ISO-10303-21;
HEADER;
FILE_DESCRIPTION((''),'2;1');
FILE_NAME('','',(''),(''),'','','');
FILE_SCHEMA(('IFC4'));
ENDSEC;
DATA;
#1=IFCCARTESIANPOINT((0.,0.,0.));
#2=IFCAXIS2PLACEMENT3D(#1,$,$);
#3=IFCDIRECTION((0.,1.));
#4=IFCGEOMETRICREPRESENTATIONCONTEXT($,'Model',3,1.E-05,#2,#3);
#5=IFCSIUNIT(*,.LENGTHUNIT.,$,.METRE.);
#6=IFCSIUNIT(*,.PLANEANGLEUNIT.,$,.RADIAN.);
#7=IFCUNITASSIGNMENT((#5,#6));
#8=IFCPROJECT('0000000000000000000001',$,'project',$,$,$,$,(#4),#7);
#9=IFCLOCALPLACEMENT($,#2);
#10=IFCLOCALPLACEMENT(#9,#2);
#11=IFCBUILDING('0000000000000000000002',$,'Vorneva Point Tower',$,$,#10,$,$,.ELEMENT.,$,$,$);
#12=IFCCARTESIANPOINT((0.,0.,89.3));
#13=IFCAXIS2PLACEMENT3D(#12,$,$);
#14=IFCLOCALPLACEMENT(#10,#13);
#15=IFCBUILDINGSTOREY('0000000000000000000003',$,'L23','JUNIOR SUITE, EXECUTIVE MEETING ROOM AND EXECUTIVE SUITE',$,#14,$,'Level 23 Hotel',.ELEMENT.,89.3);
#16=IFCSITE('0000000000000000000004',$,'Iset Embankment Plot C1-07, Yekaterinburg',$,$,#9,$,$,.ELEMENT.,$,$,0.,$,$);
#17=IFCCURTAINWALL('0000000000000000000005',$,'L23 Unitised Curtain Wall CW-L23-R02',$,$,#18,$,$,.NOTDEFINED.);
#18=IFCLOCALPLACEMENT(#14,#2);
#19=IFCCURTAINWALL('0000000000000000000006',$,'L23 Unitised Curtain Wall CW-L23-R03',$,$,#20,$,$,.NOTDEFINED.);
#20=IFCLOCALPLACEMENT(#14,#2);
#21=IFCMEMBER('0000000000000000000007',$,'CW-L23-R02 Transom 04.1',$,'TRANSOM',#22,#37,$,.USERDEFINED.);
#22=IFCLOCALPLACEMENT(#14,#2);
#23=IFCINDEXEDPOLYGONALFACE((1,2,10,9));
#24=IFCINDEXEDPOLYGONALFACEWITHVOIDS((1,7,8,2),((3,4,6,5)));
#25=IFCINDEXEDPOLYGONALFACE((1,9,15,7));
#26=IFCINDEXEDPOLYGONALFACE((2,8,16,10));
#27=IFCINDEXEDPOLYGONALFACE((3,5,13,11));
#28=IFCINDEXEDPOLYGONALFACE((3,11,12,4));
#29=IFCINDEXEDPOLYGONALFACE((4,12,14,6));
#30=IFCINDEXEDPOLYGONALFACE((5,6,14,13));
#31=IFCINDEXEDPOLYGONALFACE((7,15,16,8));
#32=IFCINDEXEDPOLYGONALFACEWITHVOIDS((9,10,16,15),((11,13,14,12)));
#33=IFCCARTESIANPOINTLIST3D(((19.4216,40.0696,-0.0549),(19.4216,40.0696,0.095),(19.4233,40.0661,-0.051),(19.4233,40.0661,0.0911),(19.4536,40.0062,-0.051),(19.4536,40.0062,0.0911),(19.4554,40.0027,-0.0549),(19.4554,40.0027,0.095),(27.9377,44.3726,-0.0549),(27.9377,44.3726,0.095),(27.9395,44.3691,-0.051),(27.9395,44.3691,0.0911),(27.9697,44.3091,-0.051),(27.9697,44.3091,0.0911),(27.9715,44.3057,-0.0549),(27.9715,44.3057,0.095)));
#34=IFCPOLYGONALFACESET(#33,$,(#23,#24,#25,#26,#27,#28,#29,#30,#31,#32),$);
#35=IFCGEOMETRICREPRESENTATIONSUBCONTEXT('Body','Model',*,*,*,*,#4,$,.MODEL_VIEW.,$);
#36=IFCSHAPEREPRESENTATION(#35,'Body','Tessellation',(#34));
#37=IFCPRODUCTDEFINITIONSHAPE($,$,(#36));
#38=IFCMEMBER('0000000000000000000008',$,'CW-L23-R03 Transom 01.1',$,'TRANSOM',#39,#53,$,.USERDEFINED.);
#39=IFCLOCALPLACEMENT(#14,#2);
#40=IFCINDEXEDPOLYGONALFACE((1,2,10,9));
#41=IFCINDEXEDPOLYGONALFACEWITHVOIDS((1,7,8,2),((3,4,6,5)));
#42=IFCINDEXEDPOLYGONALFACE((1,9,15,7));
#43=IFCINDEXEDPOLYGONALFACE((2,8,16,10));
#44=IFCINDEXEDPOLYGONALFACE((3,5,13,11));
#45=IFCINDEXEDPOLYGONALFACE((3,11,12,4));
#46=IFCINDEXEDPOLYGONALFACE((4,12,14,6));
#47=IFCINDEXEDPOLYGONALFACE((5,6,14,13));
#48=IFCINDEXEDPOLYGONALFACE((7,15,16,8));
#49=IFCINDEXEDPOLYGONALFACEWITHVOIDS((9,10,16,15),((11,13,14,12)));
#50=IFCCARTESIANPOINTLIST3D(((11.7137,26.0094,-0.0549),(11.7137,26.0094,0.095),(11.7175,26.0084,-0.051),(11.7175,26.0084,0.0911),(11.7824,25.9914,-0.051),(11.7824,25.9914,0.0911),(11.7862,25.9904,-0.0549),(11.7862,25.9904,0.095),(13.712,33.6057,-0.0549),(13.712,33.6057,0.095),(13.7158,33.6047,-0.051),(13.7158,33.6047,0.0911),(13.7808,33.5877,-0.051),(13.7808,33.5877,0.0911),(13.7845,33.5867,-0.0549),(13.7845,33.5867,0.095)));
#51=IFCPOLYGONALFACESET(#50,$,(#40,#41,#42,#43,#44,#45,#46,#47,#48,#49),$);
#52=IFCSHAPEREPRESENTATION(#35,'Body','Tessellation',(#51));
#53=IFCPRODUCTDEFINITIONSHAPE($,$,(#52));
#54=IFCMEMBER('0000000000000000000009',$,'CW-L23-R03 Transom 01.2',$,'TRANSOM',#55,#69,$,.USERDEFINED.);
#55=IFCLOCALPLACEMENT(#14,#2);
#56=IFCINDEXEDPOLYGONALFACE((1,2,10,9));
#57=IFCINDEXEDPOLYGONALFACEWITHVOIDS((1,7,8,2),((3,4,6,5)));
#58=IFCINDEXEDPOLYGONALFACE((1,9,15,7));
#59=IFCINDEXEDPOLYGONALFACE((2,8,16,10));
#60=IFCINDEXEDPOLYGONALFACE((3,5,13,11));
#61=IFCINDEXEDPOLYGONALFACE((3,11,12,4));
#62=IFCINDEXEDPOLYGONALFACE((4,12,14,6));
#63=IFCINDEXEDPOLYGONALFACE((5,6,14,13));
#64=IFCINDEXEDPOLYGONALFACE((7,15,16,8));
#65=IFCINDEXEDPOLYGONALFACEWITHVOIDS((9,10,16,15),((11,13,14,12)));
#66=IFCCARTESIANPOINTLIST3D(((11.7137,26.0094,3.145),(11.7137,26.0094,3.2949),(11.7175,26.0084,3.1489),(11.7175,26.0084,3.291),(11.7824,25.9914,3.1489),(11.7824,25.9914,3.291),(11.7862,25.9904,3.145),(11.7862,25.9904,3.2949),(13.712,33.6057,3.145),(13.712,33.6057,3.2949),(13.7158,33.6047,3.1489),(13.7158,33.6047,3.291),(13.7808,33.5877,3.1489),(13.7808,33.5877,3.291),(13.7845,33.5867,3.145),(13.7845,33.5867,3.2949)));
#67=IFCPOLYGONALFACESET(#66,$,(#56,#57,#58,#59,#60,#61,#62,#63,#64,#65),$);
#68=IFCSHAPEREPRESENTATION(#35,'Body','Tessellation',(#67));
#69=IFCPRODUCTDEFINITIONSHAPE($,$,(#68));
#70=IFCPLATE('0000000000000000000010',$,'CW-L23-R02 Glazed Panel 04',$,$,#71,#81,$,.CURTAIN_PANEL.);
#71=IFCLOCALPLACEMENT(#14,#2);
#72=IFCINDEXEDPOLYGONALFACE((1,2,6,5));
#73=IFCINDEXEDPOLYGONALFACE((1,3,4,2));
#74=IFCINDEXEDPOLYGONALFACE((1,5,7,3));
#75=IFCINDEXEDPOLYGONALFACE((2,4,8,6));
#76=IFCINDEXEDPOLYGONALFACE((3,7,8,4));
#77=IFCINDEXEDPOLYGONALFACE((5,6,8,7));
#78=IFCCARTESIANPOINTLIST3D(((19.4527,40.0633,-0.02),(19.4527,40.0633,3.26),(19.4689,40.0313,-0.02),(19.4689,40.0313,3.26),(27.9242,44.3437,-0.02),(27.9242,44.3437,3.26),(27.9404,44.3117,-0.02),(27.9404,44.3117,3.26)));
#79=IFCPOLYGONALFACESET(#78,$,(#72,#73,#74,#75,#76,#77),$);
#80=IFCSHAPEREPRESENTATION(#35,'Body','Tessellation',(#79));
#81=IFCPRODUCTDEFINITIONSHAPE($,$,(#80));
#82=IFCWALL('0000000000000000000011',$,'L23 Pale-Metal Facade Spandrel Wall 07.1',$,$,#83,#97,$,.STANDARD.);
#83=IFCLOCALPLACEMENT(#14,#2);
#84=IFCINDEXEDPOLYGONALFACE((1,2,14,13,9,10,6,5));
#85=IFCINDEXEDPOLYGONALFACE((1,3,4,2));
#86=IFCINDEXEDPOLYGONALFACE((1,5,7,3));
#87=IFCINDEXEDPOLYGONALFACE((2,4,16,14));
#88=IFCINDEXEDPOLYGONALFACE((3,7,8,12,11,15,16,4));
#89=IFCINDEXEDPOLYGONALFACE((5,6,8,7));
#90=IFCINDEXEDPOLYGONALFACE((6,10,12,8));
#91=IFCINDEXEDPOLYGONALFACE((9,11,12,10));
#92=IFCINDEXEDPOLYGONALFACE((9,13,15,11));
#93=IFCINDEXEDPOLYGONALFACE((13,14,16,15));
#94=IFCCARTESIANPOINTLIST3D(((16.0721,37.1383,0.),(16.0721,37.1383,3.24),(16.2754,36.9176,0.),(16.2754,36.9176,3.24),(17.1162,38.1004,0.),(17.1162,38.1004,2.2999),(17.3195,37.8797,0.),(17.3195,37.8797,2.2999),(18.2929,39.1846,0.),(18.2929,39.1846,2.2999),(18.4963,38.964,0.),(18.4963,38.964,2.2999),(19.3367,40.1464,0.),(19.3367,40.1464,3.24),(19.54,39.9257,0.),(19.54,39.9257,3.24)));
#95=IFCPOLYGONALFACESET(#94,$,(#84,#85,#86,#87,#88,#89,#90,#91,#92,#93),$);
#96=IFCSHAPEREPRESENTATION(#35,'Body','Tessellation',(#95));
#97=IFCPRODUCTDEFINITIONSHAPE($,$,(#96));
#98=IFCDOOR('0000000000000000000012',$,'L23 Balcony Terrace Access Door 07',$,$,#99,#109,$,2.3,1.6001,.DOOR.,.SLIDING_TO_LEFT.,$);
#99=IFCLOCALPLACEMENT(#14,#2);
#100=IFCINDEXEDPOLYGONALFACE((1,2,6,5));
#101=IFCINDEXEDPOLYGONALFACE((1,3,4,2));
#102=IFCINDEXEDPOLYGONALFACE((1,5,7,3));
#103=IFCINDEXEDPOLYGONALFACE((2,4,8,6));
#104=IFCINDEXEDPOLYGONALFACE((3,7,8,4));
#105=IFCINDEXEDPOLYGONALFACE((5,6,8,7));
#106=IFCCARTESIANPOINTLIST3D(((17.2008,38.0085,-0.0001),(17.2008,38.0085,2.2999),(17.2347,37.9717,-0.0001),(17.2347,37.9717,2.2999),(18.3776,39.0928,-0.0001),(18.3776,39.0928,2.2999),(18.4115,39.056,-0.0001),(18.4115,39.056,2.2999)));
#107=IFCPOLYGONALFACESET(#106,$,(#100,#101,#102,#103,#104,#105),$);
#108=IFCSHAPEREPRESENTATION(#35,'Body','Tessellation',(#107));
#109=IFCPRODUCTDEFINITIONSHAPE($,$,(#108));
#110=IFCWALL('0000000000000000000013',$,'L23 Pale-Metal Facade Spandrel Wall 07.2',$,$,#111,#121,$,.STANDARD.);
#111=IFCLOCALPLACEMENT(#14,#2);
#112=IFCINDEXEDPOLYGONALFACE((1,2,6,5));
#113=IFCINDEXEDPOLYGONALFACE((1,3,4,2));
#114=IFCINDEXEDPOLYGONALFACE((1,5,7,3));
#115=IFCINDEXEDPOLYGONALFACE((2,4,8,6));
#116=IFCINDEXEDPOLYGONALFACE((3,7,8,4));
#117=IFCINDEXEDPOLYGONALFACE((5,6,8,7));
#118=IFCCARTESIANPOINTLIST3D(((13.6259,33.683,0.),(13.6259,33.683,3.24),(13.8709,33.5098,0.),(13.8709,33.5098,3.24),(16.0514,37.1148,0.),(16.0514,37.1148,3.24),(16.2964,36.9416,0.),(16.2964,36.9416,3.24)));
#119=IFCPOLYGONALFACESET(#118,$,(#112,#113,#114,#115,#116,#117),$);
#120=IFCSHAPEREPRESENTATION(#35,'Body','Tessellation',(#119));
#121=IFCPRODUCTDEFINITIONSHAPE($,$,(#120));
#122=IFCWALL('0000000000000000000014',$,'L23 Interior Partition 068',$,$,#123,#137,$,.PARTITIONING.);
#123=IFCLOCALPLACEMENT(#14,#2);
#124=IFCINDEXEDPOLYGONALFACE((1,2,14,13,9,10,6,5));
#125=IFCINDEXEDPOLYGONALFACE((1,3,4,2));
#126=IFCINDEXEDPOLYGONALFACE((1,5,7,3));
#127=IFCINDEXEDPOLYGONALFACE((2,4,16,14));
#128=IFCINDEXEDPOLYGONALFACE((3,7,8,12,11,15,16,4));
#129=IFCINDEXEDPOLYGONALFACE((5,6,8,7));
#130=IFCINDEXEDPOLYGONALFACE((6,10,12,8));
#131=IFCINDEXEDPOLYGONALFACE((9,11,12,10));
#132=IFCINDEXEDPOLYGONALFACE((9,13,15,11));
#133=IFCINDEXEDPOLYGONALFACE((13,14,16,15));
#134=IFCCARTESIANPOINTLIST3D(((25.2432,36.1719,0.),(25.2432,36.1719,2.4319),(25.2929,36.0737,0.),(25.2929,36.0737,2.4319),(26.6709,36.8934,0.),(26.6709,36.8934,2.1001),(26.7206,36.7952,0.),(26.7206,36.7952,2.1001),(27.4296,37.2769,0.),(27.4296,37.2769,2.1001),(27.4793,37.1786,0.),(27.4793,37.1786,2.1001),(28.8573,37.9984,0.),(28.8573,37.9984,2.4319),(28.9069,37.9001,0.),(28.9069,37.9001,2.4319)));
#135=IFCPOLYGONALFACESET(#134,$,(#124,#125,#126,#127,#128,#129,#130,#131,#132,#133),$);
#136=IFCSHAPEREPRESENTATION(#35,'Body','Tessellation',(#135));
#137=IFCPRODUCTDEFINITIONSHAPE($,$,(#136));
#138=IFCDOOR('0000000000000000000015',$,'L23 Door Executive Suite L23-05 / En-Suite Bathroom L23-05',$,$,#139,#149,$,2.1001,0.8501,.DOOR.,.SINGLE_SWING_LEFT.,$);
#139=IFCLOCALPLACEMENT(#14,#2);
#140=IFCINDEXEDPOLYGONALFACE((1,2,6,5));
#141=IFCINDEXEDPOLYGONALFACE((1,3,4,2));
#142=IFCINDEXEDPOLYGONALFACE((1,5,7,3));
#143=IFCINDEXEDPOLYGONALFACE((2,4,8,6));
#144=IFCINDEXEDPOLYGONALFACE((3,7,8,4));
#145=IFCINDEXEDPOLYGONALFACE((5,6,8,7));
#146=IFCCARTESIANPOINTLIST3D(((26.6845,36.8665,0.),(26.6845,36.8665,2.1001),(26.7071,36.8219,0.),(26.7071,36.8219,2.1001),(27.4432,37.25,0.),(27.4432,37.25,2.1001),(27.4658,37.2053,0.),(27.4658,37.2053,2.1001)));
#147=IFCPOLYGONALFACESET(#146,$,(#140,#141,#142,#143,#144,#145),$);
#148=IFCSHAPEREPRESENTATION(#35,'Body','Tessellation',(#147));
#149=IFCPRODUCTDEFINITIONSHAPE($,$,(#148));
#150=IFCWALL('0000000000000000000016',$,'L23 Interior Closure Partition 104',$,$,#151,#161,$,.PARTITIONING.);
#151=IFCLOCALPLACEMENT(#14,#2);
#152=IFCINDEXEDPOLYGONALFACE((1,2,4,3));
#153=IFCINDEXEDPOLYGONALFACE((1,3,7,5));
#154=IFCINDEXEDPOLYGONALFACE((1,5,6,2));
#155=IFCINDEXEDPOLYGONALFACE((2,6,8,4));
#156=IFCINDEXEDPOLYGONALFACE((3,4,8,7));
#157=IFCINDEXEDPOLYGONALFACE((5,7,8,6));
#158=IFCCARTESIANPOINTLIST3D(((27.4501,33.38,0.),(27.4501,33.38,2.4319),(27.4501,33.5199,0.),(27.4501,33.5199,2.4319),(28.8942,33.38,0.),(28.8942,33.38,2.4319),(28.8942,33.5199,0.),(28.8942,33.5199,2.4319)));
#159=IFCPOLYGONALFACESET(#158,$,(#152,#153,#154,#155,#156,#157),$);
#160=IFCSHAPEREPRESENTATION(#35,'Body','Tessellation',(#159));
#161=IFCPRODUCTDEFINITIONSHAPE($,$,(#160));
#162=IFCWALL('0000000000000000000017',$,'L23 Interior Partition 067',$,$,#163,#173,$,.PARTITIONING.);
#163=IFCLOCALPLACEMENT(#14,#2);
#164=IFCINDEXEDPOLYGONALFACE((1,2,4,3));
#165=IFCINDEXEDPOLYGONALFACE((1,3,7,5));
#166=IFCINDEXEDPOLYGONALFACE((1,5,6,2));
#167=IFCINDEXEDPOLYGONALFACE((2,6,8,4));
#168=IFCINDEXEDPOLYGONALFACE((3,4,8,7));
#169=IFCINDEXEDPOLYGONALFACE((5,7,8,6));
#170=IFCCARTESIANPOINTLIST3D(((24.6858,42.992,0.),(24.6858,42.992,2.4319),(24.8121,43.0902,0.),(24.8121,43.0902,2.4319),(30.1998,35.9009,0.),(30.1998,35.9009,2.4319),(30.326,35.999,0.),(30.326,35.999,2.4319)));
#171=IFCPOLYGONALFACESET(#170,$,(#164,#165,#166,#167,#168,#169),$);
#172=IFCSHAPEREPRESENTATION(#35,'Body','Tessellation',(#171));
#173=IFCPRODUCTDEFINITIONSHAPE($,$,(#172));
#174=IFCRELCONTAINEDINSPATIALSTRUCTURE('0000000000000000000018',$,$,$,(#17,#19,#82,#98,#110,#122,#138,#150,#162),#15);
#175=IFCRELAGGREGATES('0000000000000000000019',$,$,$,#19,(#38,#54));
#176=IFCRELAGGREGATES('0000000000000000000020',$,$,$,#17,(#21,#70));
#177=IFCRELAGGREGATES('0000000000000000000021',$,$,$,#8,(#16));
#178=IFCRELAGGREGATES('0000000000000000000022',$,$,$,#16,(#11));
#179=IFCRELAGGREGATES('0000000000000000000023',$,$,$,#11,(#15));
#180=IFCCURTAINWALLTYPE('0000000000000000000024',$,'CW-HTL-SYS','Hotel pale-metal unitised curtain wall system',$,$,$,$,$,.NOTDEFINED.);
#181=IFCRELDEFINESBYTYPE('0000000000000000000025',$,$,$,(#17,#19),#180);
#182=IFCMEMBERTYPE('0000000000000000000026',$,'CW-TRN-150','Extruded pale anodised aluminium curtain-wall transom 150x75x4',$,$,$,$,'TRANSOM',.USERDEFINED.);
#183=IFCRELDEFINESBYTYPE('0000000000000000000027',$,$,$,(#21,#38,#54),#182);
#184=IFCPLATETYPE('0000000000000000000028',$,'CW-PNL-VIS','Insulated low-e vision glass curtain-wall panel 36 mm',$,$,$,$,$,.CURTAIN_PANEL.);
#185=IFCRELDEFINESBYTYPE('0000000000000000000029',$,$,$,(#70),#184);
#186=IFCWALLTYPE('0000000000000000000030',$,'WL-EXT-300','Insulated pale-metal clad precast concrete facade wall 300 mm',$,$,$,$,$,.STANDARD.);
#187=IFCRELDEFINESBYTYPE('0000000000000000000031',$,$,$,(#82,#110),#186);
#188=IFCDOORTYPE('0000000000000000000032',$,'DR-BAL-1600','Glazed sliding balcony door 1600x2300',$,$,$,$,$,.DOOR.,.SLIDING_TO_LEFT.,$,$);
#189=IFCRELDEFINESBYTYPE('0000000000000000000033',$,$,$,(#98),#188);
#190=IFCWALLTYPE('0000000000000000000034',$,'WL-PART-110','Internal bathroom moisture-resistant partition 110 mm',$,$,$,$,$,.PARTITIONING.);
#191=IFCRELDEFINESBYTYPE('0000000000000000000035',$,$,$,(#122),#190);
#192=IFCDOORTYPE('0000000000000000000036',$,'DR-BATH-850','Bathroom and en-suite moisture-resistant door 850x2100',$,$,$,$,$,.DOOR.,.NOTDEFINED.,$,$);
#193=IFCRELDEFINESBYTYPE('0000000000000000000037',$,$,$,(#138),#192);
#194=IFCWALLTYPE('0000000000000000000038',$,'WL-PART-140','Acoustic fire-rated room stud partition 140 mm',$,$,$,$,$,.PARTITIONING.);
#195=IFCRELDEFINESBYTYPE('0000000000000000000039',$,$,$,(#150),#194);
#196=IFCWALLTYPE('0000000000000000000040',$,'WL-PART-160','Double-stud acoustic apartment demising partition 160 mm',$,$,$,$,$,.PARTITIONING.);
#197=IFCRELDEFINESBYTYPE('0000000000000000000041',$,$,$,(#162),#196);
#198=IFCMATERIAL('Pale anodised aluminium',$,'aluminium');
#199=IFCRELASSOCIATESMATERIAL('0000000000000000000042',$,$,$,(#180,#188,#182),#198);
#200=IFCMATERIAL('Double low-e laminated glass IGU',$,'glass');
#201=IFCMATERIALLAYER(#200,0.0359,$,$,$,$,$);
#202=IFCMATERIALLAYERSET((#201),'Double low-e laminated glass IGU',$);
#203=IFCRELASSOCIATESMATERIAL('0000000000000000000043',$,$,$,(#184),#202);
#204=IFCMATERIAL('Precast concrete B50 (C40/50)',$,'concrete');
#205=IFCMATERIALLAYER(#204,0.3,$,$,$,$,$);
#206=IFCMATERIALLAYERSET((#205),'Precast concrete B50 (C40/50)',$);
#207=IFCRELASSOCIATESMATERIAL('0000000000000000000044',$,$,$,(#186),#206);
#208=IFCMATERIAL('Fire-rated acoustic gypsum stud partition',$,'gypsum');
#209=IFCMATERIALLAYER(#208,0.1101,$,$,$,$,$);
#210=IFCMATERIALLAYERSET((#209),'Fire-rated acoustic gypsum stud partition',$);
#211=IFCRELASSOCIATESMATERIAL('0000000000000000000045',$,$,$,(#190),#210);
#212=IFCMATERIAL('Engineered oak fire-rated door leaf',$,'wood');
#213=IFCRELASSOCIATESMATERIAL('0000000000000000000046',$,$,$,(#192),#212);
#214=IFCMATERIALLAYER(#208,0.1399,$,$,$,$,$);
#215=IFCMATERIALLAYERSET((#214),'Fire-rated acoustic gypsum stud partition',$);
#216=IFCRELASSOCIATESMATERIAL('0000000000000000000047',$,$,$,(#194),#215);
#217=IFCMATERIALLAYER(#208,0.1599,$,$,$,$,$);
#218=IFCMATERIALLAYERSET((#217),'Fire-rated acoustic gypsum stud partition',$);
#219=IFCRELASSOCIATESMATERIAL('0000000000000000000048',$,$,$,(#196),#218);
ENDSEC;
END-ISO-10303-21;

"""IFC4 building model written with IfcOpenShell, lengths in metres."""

from ifc_helpers import new_model, si_unit, direction, frame, frame_2d, origin, origin_2d, place, context, subcontext, project, spatial, rectangle, hollow_rectangle, extrude, material, layer, layer_set, material_profile, profile_set, type_object, element, fill, aggregate, save


model = new_model("IFC4")

# Units and contexts
model_context = context("Model", 3, precision=1e-05, world=origin(), true_north=direction((0.0, 1.0)))
body_context = subcontext(model_context, "Body", "Model", "MODEL_VIEW")
ifc_project = project(units=[si_unit("LENGTHUNIT", "METRE"), si_unit("PLANEANGLEUNIT", "RADIAN")], contexts=[model_context])

# Site, building, storey
site_placement = place(None, origin())
site = spatial("IfcSite", under=ifc_project, at=site_placement, Name="Iset Embankment Plot C1-07, Yekaterinburg", CompositionType="ELEMENT", RefElevation=0.0)
building_placement = place(site_placement, origin())
building = spatial("IfcBuilding", under=site, at=building_placement, Name="Vorneva Point Tower", CompositionType="ELEMENT")
storey_placement = place(building_placement, frame((0.0, 0.0, 89.3)))
storey = spatial("IfcBuildingStorey", under=building, at=storey_placement, Name="L23", Description="JUNIOR SUITE, EXECUTIVE MEETING ROOM AND EXECUTIVE SUITE", LongName="Level 23 Hotel", CompositionType="ELEMENT", Elevation=89.3)

# Curtain wall
ifc_material_1 = material(Name="Pale anodised aluminium", Category="aluminium")
curtain_wall_type = type_object("IfcCurtainWallType", Name="CW-HTL-SYS", Description="Hotel pale-metal unitised curtain wall system", PredefinedType="NOTDEFINED", material=ifc_material_1)
curtain_wall_1_placement = place(storey_placement, origin())
curtain_wall_1 = element("IfcCurtainWall", 1, at=curtain_wall_1_placement, inside=storey, type_object=curtain_wall_type, Name="L23 Unitised Curtain Wall CW-L23-R02", PredefinedType="NOTDEFINED")

# Curtain wall
curtain_wall_2_placement = place(storey_placement, origin())
curtain_wall_2 = element("IfcCurtainWall", 2, at=curtain_wall_2_placement, inside=storey, type_object=curtain_wall_type, Name="L23 Unitised Curtain Wall CW-L23-R03", PredefinedType="NOTDEFINED")

# Members
ifc_material_profile_1 = material_profile(ifc_material_1, hollow_rectangle(XDim=0.075, YDim=0.1499, WallThickness=0.0039, at=origin_2d()), Name="AL-TRN 150x75x4")
ifc_profile_set_1 = profile_set([ifc_material_profile_1], Name="Pale anodised aluminium")
member_type_1 = type_object("IfcMemberType", Name="CW-TRN-150", Description="Extruded pale anodised aluminium curtain-wall transom 150x75x4", ElementType="TRANSOM", PredefinedType="USERDEFINED", material=ifc_profile_set_1)
member_1_placement = place(storey_placement, frame((27.9546, 44.3391, 0.02), z_axis=(-0.892536, -0.450976, 0.0), x_axis=(0.450976, -0.892536, 0.0)))
member_1 = element("IfcMember", 3, at=member_1_placement, type_object=member_type_1, Name="CW-L23-R02 Transom 04.1", ObjectType="TRANSOM", PredefinedType="USERDEFINED", context=body_context, shape_type="SweptSolid", body=[
    extrude(hollow_rectangle(XDim=0.075, YDim=0.1499, WallThickness=0.0039, at=origin_2d()), origin(), (0.0, 0.0, 1.0), 9.5415),
])
member_2_placement = place(storey_placement, frame((13.7483, 33.5962, 0.02), z_axis=(-0.254409, -0.967097, 0.0), x_axis=(0.967097, -0.254409, 0.0)))
member_2 = element("IfcMember", 4, at=member_2_placement, type_object=member_type_1, Name="CW-L23-R03 Transom 01.1", ObjectType="TRANSOM", PredefinedType="USERDEFINED", context=body_context, shape_type="SweptSolid", body=[
    extrude(hollow_rectangle(XDim=0.075, YDim=0.1499, WallThickness=0.0039, at=origin_2d()), origin(), (0.0, 0.0, 1.0), 7.8547),
])
member_3_placement = place(storey_placement, frame((13.7483, 33.5962, 3.22), z_axis=(-0.254409, -0.967097, 0.0), x_axis=(0.967097, -0.254409, 0.0)))
member_3 = element("IfcMember", 5, at=member_3_placement, type_object=member_type_1, Name="CW-L23-R03 Transom 01.2", ObjectType="TRANSOM", PredefinedType="USERDEFINED", context=body_context, shape_type="SweptSolid", body=[
    extrude(hollow_rectangle(XDim=0.075, YDim=0.1499, WallThickness=0.0039, at=origin_2d()), origin(), (0.0, 0.0, 1.0), 7.8547),
])
aggregate(curtain_wall_2, [member_2, member_3])

# Plate
ifc_material_2 = material(Name="Double low-e laminated glass IGU", Category="glass")
ifc_layer_1 = layer(ifc_material_2, 0.0359)
ifc_layer_set_1 = layer_set([ifc_layer_1], Name="Double low-e laminated glass IGU")
plate_type = type_object("IfcPlateType", Name="CW-PNL-VIS", Description="Insulated low-e vision glass curtain-wall panel 36 mm", PredefinedType="CURTAIN_PANEL", material=ifc_layer_set_1)
plate_placement = place(storey_placement, frame((23.6965, 42.1875, -0.02), z_axis=(0.0, 0.0, 1.0), x_axis=(-0.892539, -0.450971, 0.0)))
plate = element("IfcPlate", 6, at=plate_placement, type_object=plate_type, Name="CW-L23-R02 Glazed Panel 04", PredefinedType="CURTAIN_PANEL", context=body_context, shape_type="SweptSolid", body=[
    extrude(rectangle(XDim=9.4915, YDim=0.0359, at=origin_2d()), origin(), (0.0, 0.0, 1.0), 3.28),
])
aggregate(curtain_wall_1, [member_1, plate])

# Wall, opening, door
ifc_material_3 = material(Name="Precast concrete B50 (C40/50)", Category="concrete")
ifc_layer_2 = layer(ifc_material_3, 0.3)
ifc_layer_set_2 = layer_set([ifc_layer_2], Name="Precast concrete B50 (C40/50)")
wall_type_1 = type_object("IfcWallType", Name="WL-EXT-300", Description="Insulated pale-metal clad precast concrete facade wall 300 mm", PredefinedType="STANDARD", material=ifc_layer_set_2)
wall_1_placement = place(storey_placement, frame((19.4385, 40.0361, 0.0), z_axis=(0.0, 0.0, 1.0), x_axis=(-0.735417, -0.677615, 0.0)))
wall_1 = element("IfcWall", 7, at=wall_1_placement, inside=storey, type_object=wall_type_1, Name="L23 Pale-Metal Facade Spandrel Wall 07.1", PredefinedType="STANDARD", context=body_context, shape_type="SweptSolid", body=[
    extrude(rectangle(XDim=4.4392, YDim=0.3, at=frame_2d((2.2197, 0.0))), origin(), (0.0, 0.0, 1.0), 3.24),
])
opening_1_placement = place(wall_1_placement, frame((1.4194, 0.0, 0.0)))
opening_1 = element("IfcOpeningElement", 8, at=opening_1_placement, cuts=wall_1, PredefinedType="OPENING", context=body_context, shape_type="SweptSolid", body=[
    extrude(rectangle(XDim=1.6001, YDim=2.3, at=frame_2d((0.8, 1.1499))), frame((0.0, 0.165, 0.0), z_axis=(0.0, -1.0, 0.0), x_axis=(1.0, 0.0, 0.0)), (0.0, 0.0, 1.0), 0.3298),
])
door_type_1 = type_object("IfcDoorType", Name="DR-BAL-1600", Description="Glazed sliding balcony door 1600x2300", OperationType="SLIDING_TO_LEFT", PredefinedType="DOOR", material=ifc_material_1)
door_1_placement = place(opening_1_placement, origin())
door_1 = element("IfcDoor", 9, at=door_1_placement, inside=storey, type_object=door_type_1, Name="L23 Balcony Terrace Access Door 07", OperationType="SLIDING_TO_LEFT", OverallHeight=2.3, OverallWidth=1.6001, PredefinedType="DOOR", context=body_context, shape_type="SweptSolid", body=[
    extrude(rectangle(XDim=1.6001, YDim=2.3, at=frame_2d((0.8, 1.1499))), frame((0.0, 0.0249, 0.0), z_axis=(0.0, -1.0, 0.0), x_axis=(1.0, 0.0, 0.0)), (0.0, 0.0, 1.0), 0.05),
])
fill(opening_1, door_1)

# Wall
wall_2_placement = place(storey_placement, frame((16.1738, 37.0281, 0.0), z_axis=(0.0, 0.0, 1.0), x_axis=(-0.577164, -0.816628, 0.0)))
element("IfcWall", 10, at=wall_2_placement, inside=storey, type_object=wall_type_1, Name="L23 Pale-Metal Facade Spandrel Wall 07.2", PredefinedType="STANDARD", context=body_context, shape_type="SweptSolid", body=[
    extrude(rectangle(XDim=4.2024, YDim=0.3, at=frame_2d((2.1011, 0.0))), origin(), (0.0, 0.0, 1.0), 3.24),
])

# Wall, opening, door
ifc_material_4 = material(Name="Fire-rated acoustic gypsum stud partition", Category="gypsum")
ifc_layer_3 = layer(ifc_material_4, 0.1101)
ifc_layer_set_3 = layer_set([ifc_layer_3], Name="Fire-rated acoustic gypsum stud partition")
wall_type_2 = type_object("IfcWallType", Name="WL-PART-110", Description="Internal bathroom moisture-resistant partition 110 mm", PredefinedType="PARTITIONING", material=ifc_layer_set_3)
wall_3_placement = place(storey_placement, frame((25.2681, 36.1228, 0.0), z_axis=(0.0, 0.0, 1.0), x_axis=(0.892502, 0.451044, 0.0)))
wall_3 = element("IfcWall", 11, at=wall_3_placement, inside=storey, type_object=wall_type_2, Name="L23 Interior Partition 068", PredefinedType="PARTITIONING", context=body_context, shape_type="SweptSolid", body=[
    extrude(rectangle(XDim=4.0493, YDim=0.1101, at=frame_2d((2.0247, 0.0))), origin(), (0.0, 0.0, 1.0), 2.4319),
])
opening_2_placement = place(wall_3_placement, frame((1.5996, 0.0, 0.0)))
opening_2 = element("IfcOpeningElement", 12, at=opening_2_placement, cuts=wall_3, PredefinedType="OPENING", context=body_context, shape_type="SweptSolid", body=[
    extrude(rectangle(XDim=0.8501, YDim=2.1001, at=frame_2d((0.425, 1.05))), frame((0.0, 0.0698, 0.0), z_axis=(0.0, -1.0, 0.0), x_axis=(1.0, 0.0, 0.0)), (0.0, 0.0, 1.0), 0.1399),
])
ifc_material_5 = material(Name="Engineered oak fire-rated door leaf", Category="wood")
door_type_2 = type_object("IfcDoorType", Name="DR-BATH-850", Description="Bathroom and en-suite moisture-resistant door 850x2100", OperationType="NOTDEFINED", PredefinedType="DOOR", material=ifc_material_5)
door_2_placement = place(opening_2_placement, origin())
door_2 = element("IfcDoor", 13, at=door_2_placement, inside=storey, type_object=door_type_2, Name="L23 Door Executive Suite L23-05 / En-Suite Bathroom L23-05", OperationType="SINGLE_SWING_LEFT", OverallHeight=2.1001, OverallWidth=0.8501, PredefinedType="DOOR", context=body_context, shape_type="SweptSolid", body=[
    extrude(rectangle(XDim=0.8501, YDim=2.1001, at=frame_2d((0.425, 1.05))), frame((0.0, 0.0249, 0.0), z_axis=(0.0, -1.0, 0.0), x_axis=(1.0, 0.0, 0.0)), (0.0, 0.0, 1.0), 0.05),
])
fill(opening_2, door_2)

# Walls
ifc_layer_4 = layer(ifc_material_4, 0.1399)
ifc_layer_set_4 = layer_set([ifc_layer_4], Name="Fire-rated acoustic gypsum stud partition")
wall_type_3 = type_object("IfcWallType", Name="WL-PART-140", Description="Acoustic fire-rated room stud partition 140 mm", PredefinedType="PARTITIONING", material=ifc_layer_set_4)
wall_4_placement = place(storey_placement, frame((27.45, 33.45, 0.0), z_axis=(0.0, 0.0, 1.0), x_axis=(1.0, 0.0, 0.0)))
element("IfcWall", 14, at=wall_4_placement, inside=storey, type_object=wall_type_3, Name="L23 Interior Closure Partition 104", PredefinedType="PARTITIONING", context=body_context, shape_type="SweptSolid", body=[
    extrude(rectangle(XDim=1.4441, YDim=0.1399, at=frame_2d((0.7222, 0.0))), origin(), (0.0, 0.0, 1.0), 2.4319),
])
ifc_layer_5 = layer(ifc_material_4, 0.1599)
ifc_layer_set_5 = layer_set([ifc_layer_5], Name="Fire-rated acoustic gypsum stud partition")
wall_type_4 = type_object("IfcWallType", Name="WL-PART-160", Description="Double-stud acoustic apartment demising partition 160 mm", PredefinedType="PARTITIONING", material=ifc_layer_set_5)
wall_5_placement = place(storey_placement, frame((24.749, 43.041, 0.0), z_axis=(0.0, 0.0, 1.0), x_axis=(0.613847, -0.789425, 0.0)))
element("IfcWall", 15, at=wall_5_placement, inside=storey, type_object=wall_type_4, Name="L23 Interior Partition 067", PredefinedType="PARTITIONING", context=body_context, shape_type="SweptSolid", body=[
    extrude(rectangle(XDim=8.9827, YDim=0.1599, at=frame_2d((4.4912, 0.0))), origin(), (0.0, 0.0, 1.0), 2.4319),
])

save(model, "model.ifc")
